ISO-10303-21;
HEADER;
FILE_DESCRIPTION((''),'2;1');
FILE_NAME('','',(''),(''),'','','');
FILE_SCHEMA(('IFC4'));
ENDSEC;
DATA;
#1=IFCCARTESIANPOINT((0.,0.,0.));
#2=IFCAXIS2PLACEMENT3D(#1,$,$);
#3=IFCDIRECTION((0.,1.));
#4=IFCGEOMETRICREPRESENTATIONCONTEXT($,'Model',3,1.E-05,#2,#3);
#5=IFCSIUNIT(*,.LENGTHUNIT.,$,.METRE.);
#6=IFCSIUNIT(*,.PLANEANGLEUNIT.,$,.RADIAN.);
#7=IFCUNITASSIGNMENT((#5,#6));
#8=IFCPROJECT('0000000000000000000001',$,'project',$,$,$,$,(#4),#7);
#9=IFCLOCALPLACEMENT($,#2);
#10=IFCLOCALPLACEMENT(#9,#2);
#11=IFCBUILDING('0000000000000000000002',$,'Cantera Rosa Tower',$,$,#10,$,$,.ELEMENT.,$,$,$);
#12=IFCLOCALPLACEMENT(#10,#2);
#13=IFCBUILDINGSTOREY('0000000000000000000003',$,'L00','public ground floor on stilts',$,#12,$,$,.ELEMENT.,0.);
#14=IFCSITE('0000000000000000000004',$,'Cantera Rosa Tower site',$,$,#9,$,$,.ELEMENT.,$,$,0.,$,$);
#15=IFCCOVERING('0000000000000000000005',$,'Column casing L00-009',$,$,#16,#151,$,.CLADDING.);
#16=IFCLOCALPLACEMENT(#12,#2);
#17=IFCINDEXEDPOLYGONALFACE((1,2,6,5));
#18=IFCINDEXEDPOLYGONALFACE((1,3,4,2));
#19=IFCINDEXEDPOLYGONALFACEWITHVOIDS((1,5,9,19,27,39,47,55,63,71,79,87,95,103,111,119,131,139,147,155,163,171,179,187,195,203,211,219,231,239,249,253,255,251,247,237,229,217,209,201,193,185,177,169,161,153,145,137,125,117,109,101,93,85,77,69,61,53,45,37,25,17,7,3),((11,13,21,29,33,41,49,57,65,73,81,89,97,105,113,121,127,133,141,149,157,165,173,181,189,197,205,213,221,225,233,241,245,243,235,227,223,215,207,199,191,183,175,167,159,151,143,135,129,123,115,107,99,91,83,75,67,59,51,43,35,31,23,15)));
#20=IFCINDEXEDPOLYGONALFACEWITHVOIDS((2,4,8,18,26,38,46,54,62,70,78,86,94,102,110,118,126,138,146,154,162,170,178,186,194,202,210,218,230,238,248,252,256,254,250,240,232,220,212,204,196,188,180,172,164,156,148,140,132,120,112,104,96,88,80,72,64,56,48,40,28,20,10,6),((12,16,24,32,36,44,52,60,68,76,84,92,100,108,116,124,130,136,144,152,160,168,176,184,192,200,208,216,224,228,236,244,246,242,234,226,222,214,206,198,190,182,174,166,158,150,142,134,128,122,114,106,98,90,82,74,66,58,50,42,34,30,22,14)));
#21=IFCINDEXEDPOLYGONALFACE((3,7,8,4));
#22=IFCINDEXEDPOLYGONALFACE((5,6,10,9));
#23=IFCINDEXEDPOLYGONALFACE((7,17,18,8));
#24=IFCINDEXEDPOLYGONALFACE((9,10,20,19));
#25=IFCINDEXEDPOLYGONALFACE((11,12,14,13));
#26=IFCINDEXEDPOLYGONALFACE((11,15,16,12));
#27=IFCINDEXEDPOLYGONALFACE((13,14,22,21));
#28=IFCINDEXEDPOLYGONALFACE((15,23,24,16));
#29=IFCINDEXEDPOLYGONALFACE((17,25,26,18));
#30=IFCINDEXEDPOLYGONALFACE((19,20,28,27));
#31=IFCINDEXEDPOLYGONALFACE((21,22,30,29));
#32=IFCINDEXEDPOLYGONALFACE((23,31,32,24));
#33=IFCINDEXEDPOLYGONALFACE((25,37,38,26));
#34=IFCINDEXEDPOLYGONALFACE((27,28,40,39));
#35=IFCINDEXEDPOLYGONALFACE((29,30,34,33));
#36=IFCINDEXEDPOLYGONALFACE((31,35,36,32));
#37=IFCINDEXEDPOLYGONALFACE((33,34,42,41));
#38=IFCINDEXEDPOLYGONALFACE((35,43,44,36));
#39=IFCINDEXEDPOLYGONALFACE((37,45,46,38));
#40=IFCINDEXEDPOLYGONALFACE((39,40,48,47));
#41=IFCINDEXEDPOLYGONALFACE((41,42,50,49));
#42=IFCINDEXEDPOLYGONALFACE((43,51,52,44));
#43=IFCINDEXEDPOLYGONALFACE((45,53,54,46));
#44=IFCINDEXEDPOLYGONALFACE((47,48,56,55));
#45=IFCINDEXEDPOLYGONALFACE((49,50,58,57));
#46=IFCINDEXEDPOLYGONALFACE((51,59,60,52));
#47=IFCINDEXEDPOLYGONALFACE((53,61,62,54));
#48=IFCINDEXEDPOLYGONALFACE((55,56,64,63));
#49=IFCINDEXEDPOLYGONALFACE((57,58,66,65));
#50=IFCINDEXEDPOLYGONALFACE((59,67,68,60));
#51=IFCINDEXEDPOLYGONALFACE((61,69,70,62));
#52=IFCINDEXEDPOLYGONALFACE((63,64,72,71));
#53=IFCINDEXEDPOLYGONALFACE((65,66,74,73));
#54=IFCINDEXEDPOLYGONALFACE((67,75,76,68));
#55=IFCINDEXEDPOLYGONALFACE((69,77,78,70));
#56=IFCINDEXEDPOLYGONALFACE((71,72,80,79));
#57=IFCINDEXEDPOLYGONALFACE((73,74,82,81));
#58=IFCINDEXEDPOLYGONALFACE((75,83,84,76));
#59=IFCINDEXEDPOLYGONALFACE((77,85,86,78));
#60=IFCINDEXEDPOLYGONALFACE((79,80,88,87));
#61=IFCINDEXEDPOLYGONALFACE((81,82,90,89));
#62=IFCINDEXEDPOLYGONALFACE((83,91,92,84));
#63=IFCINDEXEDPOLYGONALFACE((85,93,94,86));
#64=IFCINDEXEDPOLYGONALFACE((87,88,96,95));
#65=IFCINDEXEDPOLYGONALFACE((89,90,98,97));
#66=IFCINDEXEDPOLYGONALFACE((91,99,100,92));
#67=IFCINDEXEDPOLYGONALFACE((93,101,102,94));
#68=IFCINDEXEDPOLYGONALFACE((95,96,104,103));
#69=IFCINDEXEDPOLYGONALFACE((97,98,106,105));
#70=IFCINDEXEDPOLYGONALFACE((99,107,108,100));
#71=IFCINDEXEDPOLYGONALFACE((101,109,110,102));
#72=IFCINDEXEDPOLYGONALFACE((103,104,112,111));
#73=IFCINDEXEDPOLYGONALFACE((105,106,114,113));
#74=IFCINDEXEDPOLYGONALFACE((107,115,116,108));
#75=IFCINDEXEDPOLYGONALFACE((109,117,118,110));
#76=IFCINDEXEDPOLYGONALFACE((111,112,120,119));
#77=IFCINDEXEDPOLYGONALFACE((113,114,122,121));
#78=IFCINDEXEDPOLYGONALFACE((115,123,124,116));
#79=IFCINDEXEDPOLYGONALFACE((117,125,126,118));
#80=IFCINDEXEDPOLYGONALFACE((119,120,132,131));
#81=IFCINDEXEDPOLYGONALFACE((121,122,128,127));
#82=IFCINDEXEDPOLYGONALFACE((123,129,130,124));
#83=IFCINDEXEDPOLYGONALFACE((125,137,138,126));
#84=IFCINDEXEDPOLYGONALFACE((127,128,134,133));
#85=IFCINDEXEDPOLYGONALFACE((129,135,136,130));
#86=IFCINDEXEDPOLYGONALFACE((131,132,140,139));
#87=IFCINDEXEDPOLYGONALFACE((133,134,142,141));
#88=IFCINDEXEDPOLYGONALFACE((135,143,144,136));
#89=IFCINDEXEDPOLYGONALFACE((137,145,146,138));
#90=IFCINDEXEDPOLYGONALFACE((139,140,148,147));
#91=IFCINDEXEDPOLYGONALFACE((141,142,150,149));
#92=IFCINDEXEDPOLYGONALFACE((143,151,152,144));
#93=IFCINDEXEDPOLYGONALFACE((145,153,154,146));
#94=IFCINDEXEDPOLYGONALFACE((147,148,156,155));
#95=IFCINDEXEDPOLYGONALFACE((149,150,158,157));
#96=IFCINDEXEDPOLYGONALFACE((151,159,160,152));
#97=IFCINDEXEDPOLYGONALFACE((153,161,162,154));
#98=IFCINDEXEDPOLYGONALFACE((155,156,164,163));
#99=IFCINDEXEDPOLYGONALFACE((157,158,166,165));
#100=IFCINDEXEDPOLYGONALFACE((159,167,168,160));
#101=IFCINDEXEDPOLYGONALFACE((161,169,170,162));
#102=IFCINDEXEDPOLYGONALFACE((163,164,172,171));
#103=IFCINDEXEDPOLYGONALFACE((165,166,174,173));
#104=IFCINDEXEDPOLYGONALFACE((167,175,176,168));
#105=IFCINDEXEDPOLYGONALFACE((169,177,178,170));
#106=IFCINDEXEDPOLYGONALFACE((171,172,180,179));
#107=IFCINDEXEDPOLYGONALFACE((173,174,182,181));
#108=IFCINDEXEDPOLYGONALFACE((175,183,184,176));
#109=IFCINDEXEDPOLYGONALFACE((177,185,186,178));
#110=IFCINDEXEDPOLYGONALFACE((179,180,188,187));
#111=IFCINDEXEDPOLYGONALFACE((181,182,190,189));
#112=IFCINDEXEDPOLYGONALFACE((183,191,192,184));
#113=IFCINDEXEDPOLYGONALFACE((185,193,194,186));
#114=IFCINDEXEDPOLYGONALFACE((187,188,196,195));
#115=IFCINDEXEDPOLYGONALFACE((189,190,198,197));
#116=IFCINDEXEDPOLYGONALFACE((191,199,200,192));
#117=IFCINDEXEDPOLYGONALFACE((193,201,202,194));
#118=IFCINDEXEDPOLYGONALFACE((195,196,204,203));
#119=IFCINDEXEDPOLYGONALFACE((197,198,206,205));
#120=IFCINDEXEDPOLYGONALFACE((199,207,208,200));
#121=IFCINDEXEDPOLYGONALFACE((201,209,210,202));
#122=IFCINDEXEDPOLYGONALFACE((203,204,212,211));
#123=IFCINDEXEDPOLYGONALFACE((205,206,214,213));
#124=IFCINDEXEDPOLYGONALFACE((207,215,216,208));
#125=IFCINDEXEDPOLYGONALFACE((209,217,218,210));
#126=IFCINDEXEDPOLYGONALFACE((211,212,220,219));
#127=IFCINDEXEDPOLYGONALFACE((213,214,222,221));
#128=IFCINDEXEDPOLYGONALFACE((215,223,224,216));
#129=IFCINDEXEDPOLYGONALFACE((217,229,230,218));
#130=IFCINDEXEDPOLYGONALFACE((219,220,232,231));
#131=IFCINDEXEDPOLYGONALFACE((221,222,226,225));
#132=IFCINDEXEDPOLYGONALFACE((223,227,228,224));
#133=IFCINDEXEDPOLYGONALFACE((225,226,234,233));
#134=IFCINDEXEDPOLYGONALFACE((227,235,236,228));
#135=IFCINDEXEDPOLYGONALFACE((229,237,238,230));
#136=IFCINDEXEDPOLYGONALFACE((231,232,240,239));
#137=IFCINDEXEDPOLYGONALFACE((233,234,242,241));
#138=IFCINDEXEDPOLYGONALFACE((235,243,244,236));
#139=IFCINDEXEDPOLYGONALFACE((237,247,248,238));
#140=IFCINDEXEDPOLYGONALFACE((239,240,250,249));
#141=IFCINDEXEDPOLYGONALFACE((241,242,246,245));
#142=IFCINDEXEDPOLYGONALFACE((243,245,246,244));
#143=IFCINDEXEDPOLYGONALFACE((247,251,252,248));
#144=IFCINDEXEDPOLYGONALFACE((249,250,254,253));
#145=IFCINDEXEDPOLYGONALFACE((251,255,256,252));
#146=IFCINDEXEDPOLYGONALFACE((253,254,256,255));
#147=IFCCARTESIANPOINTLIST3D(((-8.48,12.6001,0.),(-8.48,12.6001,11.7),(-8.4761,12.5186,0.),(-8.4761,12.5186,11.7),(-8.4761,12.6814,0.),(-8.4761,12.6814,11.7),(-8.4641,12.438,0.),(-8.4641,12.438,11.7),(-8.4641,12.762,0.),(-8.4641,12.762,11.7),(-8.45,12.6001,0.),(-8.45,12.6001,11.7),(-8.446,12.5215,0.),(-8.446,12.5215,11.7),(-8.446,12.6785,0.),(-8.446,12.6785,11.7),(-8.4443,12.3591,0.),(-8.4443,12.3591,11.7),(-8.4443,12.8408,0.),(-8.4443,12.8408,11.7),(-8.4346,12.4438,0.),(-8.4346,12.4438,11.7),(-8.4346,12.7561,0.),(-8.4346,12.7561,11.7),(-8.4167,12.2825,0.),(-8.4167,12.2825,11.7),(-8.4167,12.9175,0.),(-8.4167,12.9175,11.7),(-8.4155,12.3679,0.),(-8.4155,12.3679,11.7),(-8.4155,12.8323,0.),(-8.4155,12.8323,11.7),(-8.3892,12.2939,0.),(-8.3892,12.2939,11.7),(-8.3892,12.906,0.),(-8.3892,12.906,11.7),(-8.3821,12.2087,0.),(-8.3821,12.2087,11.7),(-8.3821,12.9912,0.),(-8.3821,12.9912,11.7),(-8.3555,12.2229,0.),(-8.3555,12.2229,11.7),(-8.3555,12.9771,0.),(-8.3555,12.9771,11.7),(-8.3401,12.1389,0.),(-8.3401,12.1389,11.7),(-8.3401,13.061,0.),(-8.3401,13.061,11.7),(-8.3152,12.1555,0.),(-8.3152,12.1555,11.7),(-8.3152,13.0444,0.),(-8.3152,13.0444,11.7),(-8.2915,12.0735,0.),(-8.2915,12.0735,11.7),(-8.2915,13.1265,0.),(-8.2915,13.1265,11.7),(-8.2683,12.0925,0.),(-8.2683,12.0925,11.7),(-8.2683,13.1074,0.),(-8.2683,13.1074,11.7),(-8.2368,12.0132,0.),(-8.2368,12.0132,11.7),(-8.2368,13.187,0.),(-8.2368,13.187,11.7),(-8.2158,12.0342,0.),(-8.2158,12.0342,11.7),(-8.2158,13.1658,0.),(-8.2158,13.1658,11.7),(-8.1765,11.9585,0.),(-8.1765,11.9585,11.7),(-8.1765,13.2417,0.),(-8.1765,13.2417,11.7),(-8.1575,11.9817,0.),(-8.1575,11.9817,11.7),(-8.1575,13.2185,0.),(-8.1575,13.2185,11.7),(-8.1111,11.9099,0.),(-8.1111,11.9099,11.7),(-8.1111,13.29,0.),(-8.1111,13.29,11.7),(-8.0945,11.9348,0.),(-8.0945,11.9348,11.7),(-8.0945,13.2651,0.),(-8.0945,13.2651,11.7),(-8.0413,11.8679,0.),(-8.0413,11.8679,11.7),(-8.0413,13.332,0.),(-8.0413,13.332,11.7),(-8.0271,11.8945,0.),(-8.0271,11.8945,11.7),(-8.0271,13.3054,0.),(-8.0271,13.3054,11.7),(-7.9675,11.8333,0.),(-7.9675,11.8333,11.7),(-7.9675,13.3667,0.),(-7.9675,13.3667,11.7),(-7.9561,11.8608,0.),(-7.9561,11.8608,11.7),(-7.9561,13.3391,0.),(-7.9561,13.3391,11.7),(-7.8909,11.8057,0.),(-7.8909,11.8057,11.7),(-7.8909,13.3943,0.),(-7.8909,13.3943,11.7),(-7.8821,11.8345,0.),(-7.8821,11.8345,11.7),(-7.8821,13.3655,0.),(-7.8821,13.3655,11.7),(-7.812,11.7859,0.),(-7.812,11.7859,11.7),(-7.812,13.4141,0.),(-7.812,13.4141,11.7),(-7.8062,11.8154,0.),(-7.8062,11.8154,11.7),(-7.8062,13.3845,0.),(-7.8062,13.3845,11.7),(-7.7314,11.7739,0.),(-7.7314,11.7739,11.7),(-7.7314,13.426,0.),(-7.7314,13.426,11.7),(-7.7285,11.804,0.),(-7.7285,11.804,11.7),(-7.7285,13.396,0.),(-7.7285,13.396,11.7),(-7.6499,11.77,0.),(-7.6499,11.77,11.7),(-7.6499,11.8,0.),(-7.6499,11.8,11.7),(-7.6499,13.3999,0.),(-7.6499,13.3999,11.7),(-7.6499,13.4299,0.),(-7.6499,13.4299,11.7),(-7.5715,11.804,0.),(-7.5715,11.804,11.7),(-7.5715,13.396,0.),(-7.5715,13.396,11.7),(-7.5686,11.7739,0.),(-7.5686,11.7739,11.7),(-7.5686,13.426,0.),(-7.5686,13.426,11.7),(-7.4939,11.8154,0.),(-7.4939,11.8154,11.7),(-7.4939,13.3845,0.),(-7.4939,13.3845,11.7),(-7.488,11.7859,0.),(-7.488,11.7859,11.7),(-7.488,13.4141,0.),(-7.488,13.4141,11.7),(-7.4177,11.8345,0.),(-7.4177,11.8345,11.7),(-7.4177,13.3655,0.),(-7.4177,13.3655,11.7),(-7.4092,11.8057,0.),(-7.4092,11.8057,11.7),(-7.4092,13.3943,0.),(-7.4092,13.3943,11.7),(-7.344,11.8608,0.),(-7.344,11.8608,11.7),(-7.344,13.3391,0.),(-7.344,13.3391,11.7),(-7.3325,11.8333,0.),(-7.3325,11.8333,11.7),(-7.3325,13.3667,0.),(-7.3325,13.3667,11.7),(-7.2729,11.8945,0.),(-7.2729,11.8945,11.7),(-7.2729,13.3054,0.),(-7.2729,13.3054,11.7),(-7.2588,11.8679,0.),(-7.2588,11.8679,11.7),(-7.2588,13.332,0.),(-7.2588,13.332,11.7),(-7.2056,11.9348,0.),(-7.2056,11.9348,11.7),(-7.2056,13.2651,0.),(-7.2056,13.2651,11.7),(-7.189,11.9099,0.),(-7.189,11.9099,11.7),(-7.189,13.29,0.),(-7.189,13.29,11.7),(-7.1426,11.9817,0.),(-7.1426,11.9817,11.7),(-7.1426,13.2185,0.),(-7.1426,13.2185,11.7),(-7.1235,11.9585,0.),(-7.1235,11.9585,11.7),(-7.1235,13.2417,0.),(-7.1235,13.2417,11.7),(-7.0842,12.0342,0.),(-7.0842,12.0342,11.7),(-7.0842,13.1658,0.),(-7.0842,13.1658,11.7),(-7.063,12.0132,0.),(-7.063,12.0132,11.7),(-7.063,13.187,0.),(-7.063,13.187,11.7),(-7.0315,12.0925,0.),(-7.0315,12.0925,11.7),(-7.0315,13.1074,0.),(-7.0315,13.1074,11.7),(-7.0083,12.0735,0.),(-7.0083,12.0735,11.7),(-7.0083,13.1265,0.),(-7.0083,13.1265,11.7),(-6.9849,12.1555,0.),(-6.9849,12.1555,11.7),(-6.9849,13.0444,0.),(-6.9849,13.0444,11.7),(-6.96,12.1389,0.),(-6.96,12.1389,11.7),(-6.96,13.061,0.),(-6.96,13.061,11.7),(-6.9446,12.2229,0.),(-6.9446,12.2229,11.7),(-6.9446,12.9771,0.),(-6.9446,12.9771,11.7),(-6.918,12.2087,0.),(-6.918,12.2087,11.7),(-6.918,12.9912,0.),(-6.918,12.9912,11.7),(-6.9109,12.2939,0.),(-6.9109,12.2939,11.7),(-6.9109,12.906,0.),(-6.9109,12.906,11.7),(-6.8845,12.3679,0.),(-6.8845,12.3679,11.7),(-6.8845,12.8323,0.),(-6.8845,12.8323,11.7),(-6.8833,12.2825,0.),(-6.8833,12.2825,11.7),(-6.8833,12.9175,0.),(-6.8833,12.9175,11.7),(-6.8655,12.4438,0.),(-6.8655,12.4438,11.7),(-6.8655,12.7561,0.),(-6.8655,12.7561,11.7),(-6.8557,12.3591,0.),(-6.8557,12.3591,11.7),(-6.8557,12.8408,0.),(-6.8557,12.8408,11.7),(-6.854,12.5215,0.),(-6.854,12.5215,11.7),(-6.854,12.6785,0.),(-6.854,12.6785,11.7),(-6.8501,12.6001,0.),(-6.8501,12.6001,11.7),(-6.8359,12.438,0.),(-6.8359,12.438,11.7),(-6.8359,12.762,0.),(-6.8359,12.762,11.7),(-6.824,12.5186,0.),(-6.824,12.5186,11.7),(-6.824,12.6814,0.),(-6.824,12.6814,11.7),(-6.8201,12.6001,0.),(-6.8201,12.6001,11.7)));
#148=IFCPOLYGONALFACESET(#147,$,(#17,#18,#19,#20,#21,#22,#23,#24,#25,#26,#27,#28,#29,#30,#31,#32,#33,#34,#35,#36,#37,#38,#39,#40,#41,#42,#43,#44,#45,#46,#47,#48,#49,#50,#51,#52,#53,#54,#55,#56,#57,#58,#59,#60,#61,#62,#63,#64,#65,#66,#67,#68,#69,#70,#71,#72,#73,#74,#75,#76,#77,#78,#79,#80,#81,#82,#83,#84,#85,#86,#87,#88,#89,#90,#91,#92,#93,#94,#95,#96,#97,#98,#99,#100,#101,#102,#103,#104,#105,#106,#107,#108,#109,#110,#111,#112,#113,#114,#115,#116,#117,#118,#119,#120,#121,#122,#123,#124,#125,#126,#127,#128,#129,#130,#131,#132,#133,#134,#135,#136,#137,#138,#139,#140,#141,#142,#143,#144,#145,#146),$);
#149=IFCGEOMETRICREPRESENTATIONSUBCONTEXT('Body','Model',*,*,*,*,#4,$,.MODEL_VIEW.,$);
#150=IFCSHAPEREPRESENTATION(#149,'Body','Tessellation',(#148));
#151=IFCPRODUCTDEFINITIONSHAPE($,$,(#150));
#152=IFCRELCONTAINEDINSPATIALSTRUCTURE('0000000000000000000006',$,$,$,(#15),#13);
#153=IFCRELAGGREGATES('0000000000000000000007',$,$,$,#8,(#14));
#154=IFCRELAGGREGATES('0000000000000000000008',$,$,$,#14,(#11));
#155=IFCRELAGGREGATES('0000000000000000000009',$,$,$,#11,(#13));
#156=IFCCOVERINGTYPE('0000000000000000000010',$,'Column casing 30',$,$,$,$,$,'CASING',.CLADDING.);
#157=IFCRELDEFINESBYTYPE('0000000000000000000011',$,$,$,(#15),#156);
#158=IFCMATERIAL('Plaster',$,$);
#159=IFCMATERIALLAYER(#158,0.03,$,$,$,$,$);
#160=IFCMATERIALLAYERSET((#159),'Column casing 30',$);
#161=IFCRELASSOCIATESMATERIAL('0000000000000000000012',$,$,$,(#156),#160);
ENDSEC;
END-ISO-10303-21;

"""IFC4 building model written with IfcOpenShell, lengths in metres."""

from ifc_helpers import new_model, si_unit, direction, origin, place, context, subcontext, project, spatial, polyline, outline, extrude, material, layer, layer_set, type_object, element, save


model = new_model("IFC4")

# Units and contexts
model_context = context("Model", 3, precision=1e-05, world=origin(), true_north=direction((0.0, 1.0)))
body_context = subcontext(model_context, "Body", "Model", "MODEL_VIEW")
ifc_project = project(units=[si_unit("LENGTHUNIT", "METRE"), si_unit("PLANEANGLEUNIT", "RADIAN")], contexts=[model_context])

# Site, building, storey
site_placement = place(None, origin())
site = spatial("IfcSite", under=ifc_project, at=site_placement, Name="Cantera Rosa Tower site", CompositionType="ELEMENT", RefElevation=0.0)
building_placement = place(site_placement, origin())
building = spatial("IfcBuilding", under=site, at=building_placement, Name="Cantera Rosa Tower", CompositionType="ELEMENT")
storey_placement = place(building_placement, origin())
storey = spatial("IfcBuildingStorey", under=building, at=storey_placement, Name="L00", Description="public ground floor on stilts", CompositionType="ELEMENT", Elevation=0.0)

# Covering
ifc_material_1 = material(Name="Plaster")
ifc_layer_1 = layer(ifc_material_1, 0.03)
ifc_layer_set_1 = layer_set([ifc_layer_1], Name="Column casing 30")
covering_type = type_object("IfcCoveringType", Name="Column casing 30", ElementType="CASING", PredefinedType="CLADDING", material=ifc_layer_set_1)
covering_1_placement = place(storey_placement, origin())
element("IfcCovering", 1, at=covering_1_placement, inside=storey, type_object=covering_type, Name="Column casing L00-009", PredefinedType="CLADDING", context=body_context, shape_type="SweptSolid", body=[
    extrude(outline(polyline([(-6.824, 12.5186), (-6.8201, 12.6001), (-6.824, 12.6814), (-6.8359, 12.762), (-6.8557, 12.8408), (-6.8833, 12.9175), (-6.918, 12.9912), (-6.96, 13.061), (-7.0083, 13.1265), (-7.063, 13.187), (-7.1235, 13.2417), (-7.189, 13.29), (-7.2588, 13.332), (-7.3325, 13.3667), (-7.4092, 13.3943), (-7.488, 13.4141), (-7.5686, 13.426), (-7.6499, 13.4299), (-7.7314, 13.426), (-7.812, 13.4141), (-7.8909, 13.3943), (-7.9675, 13.3667), (-8.0413, 13.332), (-8.1111, 13.29), (-8.1765, 13.2417), (-8.2368, 13.187), (-8.2915, 13.1265), (-8.3401, 13.061), (-8.3821, 12.9912), (-8.4167, 12.9175), (-8.4443, 12.8408), (-8.4641, 12.762), (-8.4761, 12.6814), (-8.48, 12.6001), (-8.4761, 12.5186), (-8.4641, 12.438), (-8.4443, 12.3591), (-8.4167, 12.2825), (-8.3821, 12.2087), (-8.3401, 12.1389), (-8.2915, 12.0735), (-8.2368, 12.0132), (-8.1765, 11.9585), (-8.1111, 11.9099), (-8.0413, 11.8679), (-7.9675, 11.8333), (-7.8909, 11.8057), (-7.812, 11.7859), (-7.7314, 11.7739), (-7.6499, 11.77), (-7.5686, 11.7739), (-7.488, 11.7859), (-7.4092, 11.8057), (-7.3325, 11.8333), (-7.2588, 11.8679), (-7.189, 11.9099), (-7.1235, 11.9585), (-7.063, 12.0132), (-7.0083, 12.0735), (-6.96, 12.1389), (-6.918, 12.2087), (-6.8833, 12.2825), (-6.8557, 12.3591), (-6.8359, 12.438), (-6.824, 12.5186)]), holes=[polyline([(-6.854, 12.6785), (-6.8655, 12.7561), (-6.8845, 12.8323), (-6.9109, 12.906), (-6.9446, 12.9771), (-6.9849, 13.0444), (-7.0315, 13.1074), (-7.0842, 13.1658), (-7.1426, 13.2185), (-7.2056, 13.2651), (-7.2729, 13.3054), (-7.344, 13.3391), (-7.4177, 13.3655), (-7.4939, 13.3845), (-7.5715, 13.396), (-7.6499, 13.3999), (-7.7285, 13.396), (-7.8062, 13.3845), (-7.8821, 13.3655), (-7.9561, 13.3391), (-8.0271, 13.3054), (-8.0945, 13.2651), (-8.1575, 13.2185), (-8.2158, 13.1658), (-8.2683, 13.1074), (-8.3152, 13.0444), (-8.3555, 12.9771), (-8.3892, 12.906), (-8.4155, 12.8323), (-8.4346, 12.7561), (-8.446, 12.6785), (-8.45, 12.6001), (-8.446, 12.5215), (-8.4346, 12.4438), (-8.4155, 12.3679), (-8.3892, 12.2939), (-8.3555, 12.2229), (-8.3152, 12.1555), (-8.2683, 12.0925), (-8.2158, 12.0342), (-8.1575, 11.9817), (-8.0945, 11.9348), (-8.0271, 11.8945), (-7.9561, 11.8608), (-7.8821, 11.8345), (-7.8062, 11.8154), (-7.7285, 11.804), (-7.6499, 11.8), (-7.5715, 11.804), (-7.4939, 11.8154), (-7.4177, 11.8345), (-7.344, 11.8608), (-7.2729, 11.8945), (-7.2056, 11.9348), (-7.1426, 11.9817), (-7.0842, 12.0342), (-7.0315, 12.0925), (-6.9849, 12.1555), (-6.9446, 12.2229), (-6.9109, 12.2939), (-6.8845, 12.3679), (-6.8655, 12.4438), (-6.854, 12.5215), (-6.8501, 12.6001), (-6.854, 12.6785)])]), origin(), (0.0, 0.0, 1.0), 11.7),
])

save(model, "model.ifc")
